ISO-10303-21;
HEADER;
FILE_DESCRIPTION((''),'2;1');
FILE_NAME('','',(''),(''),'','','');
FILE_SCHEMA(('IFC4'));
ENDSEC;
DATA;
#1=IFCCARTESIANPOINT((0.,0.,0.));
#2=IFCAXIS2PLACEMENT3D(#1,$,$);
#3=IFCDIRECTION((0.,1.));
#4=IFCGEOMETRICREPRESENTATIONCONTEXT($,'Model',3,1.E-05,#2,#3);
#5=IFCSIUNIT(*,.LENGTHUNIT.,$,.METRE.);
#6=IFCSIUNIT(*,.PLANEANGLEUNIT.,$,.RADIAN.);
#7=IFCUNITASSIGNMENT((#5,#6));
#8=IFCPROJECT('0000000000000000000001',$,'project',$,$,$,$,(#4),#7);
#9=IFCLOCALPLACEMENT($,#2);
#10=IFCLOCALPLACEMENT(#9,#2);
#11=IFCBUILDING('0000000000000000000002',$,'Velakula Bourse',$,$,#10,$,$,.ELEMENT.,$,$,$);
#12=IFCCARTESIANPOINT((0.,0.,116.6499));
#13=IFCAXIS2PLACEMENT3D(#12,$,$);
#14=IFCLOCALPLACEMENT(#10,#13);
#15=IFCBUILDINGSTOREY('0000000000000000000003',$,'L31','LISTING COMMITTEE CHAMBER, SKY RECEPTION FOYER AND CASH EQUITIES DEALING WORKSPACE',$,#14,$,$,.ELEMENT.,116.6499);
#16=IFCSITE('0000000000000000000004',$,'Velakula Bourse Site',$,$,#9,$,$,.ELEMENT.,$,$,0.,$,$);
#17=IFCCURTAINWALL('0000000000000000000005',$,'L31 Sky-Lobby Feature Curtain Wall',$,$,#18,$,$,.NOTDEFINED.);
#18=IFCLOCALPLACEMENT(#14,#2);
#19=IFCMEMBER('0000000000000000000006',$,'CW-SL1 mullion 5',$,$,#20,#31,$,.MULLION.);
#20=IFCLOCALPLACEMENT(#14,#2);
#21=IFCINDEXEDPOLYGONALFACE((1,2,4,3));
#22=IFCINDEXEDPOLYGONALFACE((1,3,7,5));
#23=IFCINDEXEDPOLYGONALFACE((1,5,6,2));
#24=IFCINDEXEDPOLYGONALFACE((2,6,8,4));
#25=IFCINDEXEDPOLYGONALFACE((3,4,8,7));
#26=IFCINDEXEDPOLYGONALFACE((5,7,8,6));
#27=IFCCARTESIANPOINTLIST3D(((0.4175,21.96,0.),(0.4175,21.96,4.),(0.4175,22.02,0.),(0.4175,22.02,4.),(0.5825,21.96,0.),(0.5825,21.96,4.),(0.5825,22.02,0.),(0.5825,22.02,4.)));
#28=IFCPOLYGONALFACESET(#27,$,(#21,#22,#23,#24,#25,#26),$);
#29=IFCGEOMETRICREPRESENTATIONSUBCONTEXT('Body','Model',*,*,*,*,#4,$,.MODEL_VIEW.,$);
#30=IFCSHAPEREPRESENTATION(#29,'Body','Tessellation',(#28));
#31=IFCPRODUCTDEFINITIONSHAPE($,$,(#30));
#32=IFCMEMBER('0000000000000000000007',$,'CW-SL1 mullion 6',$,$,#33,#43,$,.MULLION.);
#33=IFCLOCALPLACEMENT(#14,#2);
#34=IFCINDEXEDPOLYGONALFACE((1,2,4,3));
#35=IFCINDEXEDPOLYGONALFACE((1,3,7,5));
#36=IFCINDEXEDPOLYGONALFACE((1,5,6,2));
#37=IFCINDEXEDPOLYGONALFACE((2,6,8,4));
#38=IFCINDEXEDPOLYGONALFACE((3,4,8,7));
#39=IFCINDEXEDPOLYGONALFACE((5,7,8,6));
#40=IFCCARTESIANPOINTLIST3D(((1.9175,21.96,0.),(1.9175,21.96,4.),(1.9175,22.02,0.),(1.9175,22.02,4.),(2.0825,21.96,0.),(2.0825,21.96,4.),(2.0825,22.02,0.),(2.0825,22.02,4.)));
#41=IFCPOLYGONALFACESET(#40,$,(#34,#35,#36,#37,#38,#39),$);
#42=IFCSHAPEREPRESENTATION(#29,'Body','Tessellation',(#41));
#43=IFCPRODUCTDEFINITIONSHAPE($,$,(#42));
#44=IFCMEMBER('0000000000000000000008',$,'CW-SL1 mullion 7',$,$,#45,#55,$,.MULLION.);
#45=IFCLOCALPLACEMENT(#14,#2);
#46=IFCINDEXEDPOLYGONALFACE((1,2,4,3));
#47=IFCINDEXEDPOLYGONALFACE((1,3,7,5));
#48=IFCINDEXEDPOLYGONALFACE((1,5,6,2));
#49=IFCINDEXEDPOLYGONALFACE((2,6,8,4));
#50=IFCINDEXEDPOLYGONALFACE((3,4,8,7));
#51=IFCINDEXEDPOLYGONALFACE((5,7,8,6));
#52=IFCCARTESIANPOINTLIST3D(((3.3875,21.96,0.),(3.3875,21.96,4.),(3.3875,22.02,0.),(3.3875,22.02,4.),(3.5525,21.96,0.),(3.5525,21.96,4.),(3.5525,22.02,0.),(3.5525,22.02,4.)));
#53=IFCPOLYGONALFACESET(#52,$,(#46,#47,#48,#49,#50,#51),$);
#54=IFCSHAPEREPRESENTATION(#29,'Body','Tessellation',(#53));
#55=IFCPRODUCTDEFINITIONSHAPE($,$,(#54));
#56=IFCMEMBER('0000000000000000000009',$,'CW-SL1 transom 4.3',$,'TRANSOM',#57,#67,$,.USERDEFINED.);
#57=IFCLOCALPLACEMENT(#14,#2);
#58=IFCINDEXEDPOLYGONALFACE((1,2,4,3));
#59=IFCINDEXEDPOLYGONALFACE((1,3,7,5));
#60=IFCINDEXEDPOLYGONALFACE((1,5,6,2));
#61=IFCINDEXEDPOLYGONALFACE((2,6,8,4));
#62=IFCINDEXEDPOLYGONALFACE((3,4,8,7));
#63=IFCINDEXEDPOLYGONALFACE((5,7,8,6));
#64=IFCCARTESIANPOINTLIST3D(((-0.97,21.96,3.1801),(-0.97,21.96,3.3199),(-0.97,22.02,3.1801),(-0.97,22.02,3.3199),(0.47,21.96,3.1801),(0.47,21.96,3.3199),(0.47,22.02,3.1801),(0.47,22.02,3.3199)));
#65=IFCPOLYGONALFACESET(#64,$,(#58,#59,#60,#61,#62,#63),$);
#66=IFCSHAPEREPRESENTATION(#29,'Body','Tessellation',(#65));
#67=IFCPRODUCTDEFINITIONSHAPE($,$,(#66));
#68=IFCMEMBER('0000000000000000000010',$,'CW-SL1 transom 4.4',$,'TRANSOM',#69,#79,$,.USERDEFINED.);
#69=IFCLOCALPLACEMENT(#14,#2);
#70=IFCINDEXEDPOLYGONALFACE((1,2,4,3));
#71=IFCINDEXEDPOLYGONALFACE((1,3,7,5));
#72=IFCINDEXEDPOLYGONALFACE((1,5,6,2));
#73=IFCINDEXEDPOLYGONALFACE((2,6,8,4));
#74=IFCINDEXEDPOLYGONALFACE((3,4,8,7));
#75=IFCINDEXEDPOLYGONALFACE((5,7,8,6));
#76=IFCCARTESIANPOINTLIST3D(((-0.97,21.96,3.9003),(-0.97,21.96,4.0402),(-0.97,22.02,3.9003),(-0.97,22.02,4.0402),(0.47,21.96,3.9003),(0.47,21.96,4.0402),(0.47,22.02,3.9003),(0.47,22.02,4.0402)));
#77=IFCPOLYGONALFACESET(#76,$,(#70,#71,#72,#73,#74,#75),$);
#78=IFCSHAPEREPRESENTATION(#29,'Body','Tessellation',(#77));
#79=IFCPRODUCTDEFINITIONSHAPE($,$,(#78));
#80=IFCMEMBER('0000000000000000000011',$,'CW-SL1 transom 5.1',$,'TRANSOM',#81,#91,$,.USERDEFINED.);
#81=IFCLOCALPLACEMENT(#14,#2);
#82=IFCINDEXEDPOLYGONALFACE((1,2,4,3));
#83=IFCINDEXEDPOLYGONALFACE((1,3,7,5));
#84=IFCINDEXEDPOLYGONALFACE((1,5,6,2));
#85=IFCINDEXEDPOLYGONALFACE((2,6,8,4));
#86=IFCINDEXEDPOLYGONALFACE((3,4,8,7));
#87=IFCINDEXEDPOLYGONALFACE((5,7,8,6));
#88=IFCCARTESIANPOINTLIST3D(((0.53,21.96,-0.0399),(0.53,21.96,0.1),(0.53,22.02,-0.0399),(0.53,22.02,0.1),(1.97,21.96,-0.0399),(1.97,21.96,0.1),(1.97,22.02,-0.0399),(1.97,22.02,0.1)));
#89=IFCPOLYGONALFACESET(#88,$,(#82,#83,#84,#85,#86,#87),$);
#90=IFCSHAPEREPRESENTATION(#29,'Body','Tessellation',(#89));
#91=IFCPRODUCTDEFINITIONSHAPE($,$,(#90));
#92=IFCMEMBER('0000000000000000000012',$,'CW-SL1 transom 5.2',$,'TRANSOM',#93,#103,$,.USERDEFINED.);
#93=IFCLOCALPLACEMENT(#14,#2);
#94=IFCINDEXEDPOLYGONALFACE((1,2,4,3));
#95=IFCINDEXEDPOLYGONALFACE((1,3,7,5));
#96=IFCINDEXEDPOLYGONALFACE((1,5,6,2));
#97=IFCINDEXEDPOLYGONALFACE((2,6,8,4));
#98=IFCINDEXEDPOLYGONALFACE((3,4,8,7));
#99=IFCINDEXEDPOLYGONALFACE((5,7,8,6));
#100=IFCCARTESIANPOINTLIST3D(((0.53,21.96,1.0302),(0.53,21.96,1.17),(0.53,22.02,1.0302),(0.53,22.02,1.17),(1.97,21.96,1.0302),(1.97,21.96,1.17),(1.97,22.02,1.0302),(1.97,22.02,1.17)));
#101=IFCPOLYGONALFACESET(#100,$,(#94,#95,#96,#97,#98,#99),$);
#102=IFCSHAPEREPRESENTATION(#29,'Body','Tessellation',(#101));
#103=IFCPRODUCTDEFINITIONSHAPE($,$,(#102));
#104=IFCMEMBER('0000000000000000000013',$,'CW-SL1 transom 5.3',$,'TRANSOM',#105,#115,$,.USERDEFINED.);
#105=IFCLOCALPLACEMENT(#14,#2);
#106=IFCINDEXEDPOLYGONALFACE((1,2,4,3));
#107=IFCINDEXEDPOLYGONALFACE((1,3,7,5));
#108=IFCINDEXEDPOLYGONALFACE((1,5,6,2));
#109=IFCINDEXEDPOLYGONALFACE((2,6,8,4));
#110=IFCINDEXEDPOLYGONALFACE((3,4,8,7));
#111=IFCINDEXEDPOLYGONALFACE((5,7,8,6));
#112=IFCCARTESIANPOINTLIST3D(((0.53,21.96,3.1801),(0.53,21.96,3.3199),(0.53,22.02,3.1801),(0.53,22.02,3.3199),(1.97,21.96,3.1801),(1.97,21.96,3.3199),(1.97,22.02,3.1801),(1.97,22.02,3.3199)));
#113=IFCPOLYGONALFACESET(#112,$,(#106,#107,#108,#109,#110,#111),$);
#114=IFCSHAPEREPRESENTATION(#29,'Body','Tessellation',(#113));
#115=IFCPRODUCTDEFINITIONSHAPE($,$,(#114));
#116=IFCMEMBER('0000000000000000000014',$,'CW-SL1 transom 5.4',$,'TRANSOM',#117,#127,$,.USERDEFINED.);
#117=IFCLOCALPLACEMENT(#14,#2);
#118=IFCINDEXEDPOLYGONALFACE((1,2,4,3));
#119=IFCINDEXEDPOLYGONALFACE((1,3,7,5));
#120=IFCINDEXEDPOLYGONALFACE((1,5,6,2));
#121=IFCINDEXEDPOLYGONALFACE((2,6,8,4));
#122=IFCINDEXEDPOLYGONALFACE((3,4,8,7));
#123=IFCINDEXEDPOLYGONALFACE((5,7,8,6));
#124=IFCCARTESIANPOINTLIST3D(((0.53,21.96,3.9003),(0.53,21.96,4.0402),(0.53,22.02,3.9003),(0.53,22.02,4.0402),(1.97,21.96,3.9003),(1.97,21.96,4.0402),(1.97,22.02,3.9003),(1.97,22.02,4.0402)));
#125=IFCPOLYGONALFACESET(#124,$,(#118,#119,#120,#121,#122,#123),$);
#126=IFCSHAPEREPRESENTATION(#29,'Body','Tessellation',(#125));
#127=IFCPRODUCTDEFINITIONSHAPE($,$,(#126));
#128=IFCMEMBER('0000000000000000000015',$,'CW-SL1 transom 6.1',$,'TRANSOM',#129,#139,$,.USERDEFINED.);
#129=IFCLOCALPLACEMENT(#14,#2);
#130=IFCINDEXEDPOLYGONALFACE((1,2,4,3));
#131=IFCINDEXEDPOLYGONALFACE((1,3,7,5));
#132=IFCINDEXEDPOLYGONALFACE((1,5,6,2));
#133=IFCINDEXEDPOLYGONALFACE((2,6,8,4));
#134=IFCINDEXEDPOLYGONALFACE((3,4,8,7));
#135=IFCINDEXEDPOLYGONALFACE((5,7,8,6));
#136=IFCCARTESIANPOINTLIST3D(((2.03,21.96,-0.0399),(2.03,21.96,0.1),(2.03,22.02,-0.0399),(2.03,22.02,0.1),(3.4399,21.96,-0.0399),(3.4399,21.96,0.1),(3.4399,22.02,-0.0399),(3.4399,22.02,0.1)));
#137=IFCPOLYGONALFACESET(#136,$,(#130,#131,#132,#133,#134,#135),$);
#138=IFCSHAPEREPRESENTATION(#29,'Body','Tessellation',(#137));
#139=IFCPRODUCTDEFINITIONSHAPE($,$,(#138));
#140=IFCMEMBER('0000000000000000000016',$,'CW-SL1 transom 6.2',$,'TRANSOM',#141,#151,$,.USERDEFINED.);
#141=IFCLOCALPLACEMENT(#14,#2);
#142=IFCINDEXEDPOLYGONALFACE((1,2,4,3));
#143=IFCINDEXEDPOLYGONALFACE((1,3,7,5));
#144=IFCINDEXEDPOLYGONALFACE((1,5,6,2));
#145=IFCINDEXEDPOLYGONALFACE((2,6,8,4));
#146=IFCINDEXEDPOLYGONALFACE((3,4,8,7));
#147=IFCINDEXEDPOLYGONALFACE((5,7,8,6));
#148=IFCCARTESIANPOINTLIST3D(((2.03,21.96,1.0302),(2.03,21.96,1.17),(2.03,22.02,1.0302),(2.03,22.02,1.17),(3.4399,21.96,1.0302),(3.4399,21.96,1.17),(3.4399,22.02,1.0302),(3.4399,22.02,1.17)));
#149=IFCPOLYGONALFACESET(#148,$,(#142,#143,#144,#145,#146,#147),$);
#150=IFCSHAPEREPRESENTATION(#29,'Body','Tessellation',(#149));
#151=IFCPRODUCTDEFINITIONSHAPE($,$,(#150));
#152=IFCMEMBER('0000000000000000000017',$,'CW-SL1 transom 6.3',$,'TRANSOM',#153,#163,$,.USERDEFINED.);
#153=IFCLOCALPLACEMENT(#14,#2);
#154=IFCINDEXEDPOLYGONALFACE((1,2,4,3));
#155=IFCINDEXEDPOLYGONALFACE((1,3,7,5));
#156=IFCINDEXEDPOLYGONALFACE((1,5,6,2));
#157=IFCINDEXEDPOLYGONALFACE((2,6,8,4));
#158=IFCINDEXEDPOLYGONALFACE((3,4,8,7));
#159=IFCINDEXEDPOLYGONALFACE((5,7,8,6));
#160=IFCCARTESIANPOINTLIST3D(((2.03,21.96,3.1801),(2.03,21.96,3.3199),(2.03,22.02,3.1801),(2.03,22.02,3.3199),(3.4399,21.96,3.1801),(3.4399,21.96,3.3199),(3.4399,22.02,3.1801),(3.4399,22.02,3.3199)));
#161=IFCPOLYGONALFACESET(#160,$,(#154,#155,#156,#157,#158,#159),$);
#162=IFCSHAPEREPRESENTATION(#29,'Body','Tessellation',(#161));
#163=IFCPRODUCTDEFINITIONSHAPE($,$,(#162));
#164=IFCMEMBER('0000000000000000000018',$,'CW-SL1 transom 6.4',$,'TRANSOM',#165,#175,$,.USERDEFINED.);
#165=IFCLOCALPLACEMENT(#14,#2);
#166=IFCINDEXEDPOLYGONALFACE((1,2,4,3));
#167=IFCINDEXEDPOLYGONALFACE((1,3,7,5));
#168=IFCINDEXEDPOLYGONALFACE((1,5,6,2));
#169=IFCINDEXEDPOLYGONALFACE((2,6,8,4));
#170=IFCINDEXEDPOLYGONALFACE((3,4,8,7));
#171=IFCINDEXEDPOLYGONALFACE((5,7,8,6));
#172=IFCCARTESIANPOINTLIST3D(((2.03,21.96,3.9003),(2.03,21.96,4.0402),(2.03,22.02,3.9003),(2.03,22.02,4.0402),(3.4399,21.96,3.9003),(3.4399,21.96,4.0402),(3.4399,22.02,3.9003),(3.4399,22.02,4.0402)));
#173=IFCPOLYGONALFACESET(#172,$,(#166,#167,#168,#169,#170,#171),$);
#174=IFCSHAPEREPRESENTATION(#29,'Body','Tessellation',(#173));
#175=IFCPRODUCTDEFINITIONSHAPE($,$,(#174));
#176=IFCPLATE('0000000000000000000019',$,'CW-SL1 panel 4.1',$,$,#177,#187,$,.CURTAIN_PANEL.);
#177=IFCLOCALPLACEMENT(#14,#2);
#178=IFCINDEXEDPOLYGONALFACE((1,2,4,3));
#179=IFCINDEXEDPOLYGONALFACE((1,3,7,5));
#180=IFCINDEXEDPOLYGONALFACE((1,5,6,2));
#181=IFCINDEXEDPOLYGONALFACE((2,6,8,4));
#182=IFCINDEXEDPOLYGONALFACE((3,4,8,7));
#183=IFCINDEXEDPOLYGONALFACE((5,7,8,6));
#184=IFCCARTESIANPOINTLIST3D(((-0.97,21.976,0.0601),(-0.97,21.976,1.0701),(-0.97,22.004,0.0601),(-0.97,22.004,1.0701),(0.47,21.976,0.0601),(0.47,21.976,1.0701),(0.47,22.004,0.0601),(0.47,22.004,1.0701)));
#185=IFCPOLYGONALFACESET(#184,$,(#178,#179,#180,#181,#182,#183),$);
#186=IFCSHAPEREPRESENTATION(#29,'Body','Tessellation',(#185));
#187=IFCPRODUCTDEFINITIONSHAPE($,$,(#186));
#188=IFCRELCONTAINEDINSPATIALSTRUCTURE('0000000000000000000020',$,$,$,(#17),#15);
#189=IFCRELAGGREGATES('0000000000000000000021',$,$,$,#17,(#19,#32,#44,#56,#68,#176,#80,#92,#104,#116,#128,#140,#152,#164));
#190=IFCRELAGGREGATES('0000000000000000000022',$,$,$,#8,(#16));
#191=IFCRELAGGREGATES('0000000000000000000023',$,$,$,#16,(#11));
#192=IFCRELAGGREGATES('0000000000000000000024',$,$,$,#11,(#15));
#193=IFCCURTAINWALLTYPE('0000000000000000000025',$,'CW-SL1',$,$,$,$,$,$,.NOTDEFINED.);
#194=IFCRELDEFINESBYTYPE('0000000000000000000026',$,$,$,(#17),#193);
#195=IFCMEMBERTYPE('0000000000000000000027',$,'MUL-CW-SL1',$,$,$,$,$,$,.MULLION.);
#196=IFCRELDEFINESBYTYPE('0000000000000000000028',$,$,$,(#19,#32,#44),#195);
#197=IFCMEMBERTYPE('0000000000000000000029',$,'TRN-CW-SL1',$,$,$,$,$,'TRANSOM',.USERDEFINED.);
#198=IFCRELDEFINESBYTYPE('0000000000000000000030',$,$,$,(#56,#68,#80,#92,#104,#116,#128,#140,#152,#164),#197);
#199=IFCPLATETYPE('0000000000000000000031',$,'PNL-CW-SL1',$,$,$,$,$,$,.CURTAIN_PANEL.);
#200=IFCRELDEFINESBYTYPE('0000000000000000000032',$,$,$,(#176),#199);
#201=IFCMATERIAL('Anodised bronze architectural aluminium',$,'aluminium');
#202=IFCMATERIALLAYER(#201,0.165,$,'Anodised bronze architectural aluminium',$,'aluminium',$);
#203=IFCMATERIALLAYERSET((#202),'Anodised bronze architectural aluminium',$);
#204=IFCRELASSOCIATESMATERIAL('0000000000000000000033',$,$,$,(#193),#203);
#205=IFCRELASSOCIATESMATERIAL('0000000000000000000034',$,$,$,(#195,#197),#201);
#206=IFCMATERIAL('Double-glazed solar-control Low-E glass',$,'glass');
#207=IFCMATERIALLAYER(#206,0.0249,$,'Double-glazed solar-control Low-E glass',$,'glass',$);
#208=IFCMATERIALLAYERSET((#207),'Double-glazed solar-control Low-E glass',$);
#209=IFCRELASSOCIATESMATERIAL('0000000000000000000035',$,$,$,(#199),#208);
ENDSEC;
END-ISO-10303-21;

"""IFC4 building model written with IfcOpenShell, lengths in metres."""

from ifc_helpers import new_model, si_unit, direction, frame, origin, origin_2d, place, context, subcontext, project, spatial, rectangle, extrude, material, layer, layer_set, material_profile, profile_set, type_object, element, aggregate, save


model = new_model("IFC4")

# Units and contexts
model_context = context("Model", 3, precision=1e-05, world=origin(), true_north=direction((0.0, 1.0)))
body_context = subcontext(model_context, "Body", "Model", "MODEL_VIEW")
ifc_project = project(units=[si_unit("LENGTHUNIT", "METRE"), si_unit("PLANEANGLEUNIT", "RADIAN")], contexts=[model_context])

# Site, building, storey
site_placement = place(None, origin())
site = spatial("IfcSite", under=ifc_project, at=site_placement, Name="Velakula Bourse Site", CompositionType="ELEMENT", RefElevation=0.0)
building_placement = place(site_placement, origin())
building = spatial("IfcBuilding", under=site, at=building_placement, Name="Velakula Bourse", CompositionType="ELEMENT")
storey_placement = place(building_placement, frame((0.0, 0.0, 116.6499)))
storey = spatial("IfcBuildingStorey", under=building, at=storey_placement, Name="L31", Description="LISTING COMMITTEE CHAMBER, SKY RECEPTION FOYER AND CASH EQUITIES DEALING WORKSPACE", CompositionType="ELEMENT", Elevation=116.6499)

# Curtain wall, members, plate
ifc_material_1 = material(Name="Anodised bronze architectural aluminium", Category="aluminium")
ifc_layer_1 = layer(ifc_material_1, 0.165, Name="Anodised bronze architectural aluminium", Category="aluminium")
ifc_layer_set_1 = layer_set([ifc_layer_1], Name="Anodised bronze architectural aluminium")
curtain_wall_type = type_object("IfcCurtainWallType", Name="CW-SL1", PredefinedType="NOTDEFINED", material=ifc_layer_set_1)
curtain_wall_placement = place(storey_placement, origin())
curtain_wall = element("IfcCurtainWall", 1, at=curtain_wall_placement, inside=storey, type_object=curtain_wall_type, Name="L31 Sky-Lobby Feature Curtain Wall", PredefinedType="NOTDEFINED")
ifc_material_profile_1 = material_profile(ifc_material_1, rectangle(XDim=0.0601, YDim=0.165, at=origin_2d()), Name="Anodised bronze architectural aluminium")
ifc_profile_set_1 = profile_set([ifc_material_profile_1], Name="Anodised bronze architectural aluminium")
member_type_1 = type_object("IfcMemberType", Name="MUL-CW-SL1", PredefinedType="MULLION", material=ifc_profile_set_1)
member_1_placement = place(storey_placement, frame((0.5, 21.99, 0.0), z_axis=(0.0, 0.0, 1.0), x_axis=(0.0, 1.0, 0.0)))
member_1 = element("IfcMember", 2, at=member_1_placement, type_object=member_type_1, Name="CW-SL1 mullion 5", PredefinedType="MULLION", context=body_context, shape_type="SweptSolid", body=[
    extrude(rectangle(XDim=0.0601, YDim=0.165, at=origin_2d()), origin(), (0.0, 0.0, 1.0), 4.0),
])
member_2_placement = place(storey_placement, frame((2.0, 21.99, 0.0), z_axis=(0.0, 0.0, 1.0), x_axis=(0.0, 1.0, 0.0)))
member_2 = element("IfcMember", 3, at=member_2_placement, type_object=member_type_1, Name="CW-SL1 mullion 6", PredefinedType="MULLION", context=body_context, shape_type="SweptSolid", body=[
    extrude(rectangle(XDim=0.0601, YDim=0.165, at=origin_2d()), origin(), (0.0, 0.0, 1.0), 4.0),
])
member_3_placement = place(storey_placement, frame((3.47, 21.99, 0.0), z_axis=(0.0, 0.0, 1.0), x_axis=(0.0, 1.0, 0.0)))
member_3 = element("IfcMember", 4, at=member_3_placement, type_object=member_type_1, Name="CW-SL1 mullion 7", PredefinedType="MULLION", context=body_context, shape_type="SweptSolid", body=[
    extrude(rectangle(XDim=0.0601, YDim=0.165, at=origin_2d()), origin(), (0.0, 0.0, 1.0), 4.0),
])
ifc_material_profile_2 = material_profile(ifc_material_1, rectangle(XDim=0.0601, YDim=0.1399, at=origin_2d()), Name="Anodised bronze architectural aluminium")
ifc_profile_set_2 = profile_set([ifc_material_profile_2], Name="Anodised bronze architectural aluminium")
member_type_2 = type_object("IfcMemberType", Name="TRN-CW-SL1", ElementType="TRANSOM", PredefinedType="USERDEFINED", material=ifc_profile_set_2)
member_4_placement = place(storey_placement, frame((-0.97, 21.99, 3.25), z_axis=(1.0, 0.0, 0.0), x_axis=(0.0, 1.0, 0.0)))
member_4 = element("IfcMember", 5, at=member_4_placement, type_object=member_type_2, Name="CW-SL1 transom 4.3", ObjectType="TRANSOM", PredefinedType="USERDEFINED", context=body_context, shape_type="SweptSolid", body=[
    extrude(rectangle(XDim=0.0601, YDim=0.1399, at=origin_2d()), origin(), (0.0, 0.0, 1.0), 1.4399),
])
member_5_placement = place(storey_placement, frame((-0.97, 21.99, 3.9702), z_axis=(1.0, 0.0, 0.0), x_axis=(0.0, 1.0, 0.0)))
member_5 = element("IfcMember", 6, at=member_5_placement, type_object=member_type_2, Name="CW-SL1 transom 4.4", ObjectType="TRANSOM", PredefinedType="USERDEFINED", context=body_context, shape_type="SweptSolid", body=[
    extrude(rectangle(XDim=0.0601, YDim=0.1399, at=origin_2d()), origin(), (0.0, 0.0, 1.0), 1.4399),
])
member_6_placement = place(storey_placement, frame((0.53, 21.99, 0.03), z_axis=(1.0, 0.0, 0.0), x_axis=(0.0, 1.0, 0.0)))
member_6 = element("IfcMember", 7, at=member_6_placement, type_object=member_type_2, Name="CW-SL1 transom 5.1", ObjectType="TRANSOM", PredefinedType="USERDEFINED", context=body_context, shape_type="SweptSolid", body=[
    extrude(rectangle(XDim=0.0601, YDim=0.1399, at=origin_2d()), origin(), (0.0, 0.0, 1.0), 1.4399),
])
member_7_placement = place(storey_placement, frame((0.53, 21.99, 1.1001), z_axis=(1.0, 0.0, 0.0), x_axis=(0.0, 1.0, 0.0)))
member_7 = element("IfcMember", 8, at=member_7_placement, type_object=member_type_2, Name="CW-SL1 transom 5.2", ObjectType="TRANSOM", PredefinedType="USERDEFINED", context=body_context, shape_type="SweptSolid", body=[
    extrude(rectangle(XDim=0.0601, YDim=0.1399, at=origin_2d()), origin(), (0.0, 0.0, 1.0), 1.4399),
])
member_8_placement = place(storey_placement, frame((0.53, 21.99, 3.25), z_axis=(1.0, 0.0, 0.0), x_axis=(0.0, 1.0, 0.0)))
member_8 = element("IfcMember", 9, at=member_8_placement, type_object=member_type_2, Name="CW-SL1 transom 5.3", ObjectType="TRANSOM", PredefinedType="USERDEFINED", context=body_context, shape_type="SweptSolid", body=[
    extrude(rectangle(XDim=0.0601, YDim=0.1399, at=origin_2d()), origin(), (0.0, 0.0, 1.0), 1.4399),
])
member_9_placement = place(storey_placement, frame((0.53, 21.99, 3.9702), z_axis=(1.0, 0.0, 0.0), x_axis=(0.0, 1.0, 0.0)))
member_9 = element("IfcMember", 10, at=member_9_placement, type_object=member_type_2, Name="CW-SL1 transom 5.4", ObjectType="TRANSOM", PredefinedType="USERDEFINED", context=body_context, shape_type="SweptSolid", body=[
    extrude(rectangle(XDim=0.0601, YDim=0.1399, at=origin_2d()), origin(), (0.0, 0.0, 1.0), 1.4399),
])
member_10_placement = place(storey_placement, frame((2.03, 21.99, 0.03), z_axis=(1.0, 0.0, 0.0), x_axis=(0.0, 1.0, 0.0)))
member_10 = element("IfcMember", 11, at=member_10_placement, type_object=member_type_2, Name="CW-SL1 transom 6.1", ObjectType="TRANSOM", PredefinedType="USERDEFINED", context=body_context, shape_type="SweptSolid", body=[
    extrude(rectangle(XDim=0.0601, YDim=0.1399, at=origin_2d()), origin(), (0.0, 0.0, 1.0), 1.4099),
])
member_11_placement = place(storey_placement, frame((2.03, 21.99, 1.1001), z_axis=(1.0, 0.0, 0.0), x_axis=(0.0, 1.0, 0.0)))
member_11 = element("IfcMember", 12, at=member_11_placement, type_object=member_type_2, Name="CW-SL1 transom 6.2", ObjectType="TRANSOM", PredefinedType="USERDEFINED", context=body_context, shape_type="SweptSolid", body=[
    extrude(rectangle(XDim=0.0601, YDim=0.1399, at=origin_2d()), origin(), (0.0, 0.0, 1.0), 1.4099),
])
member_12_placement = place(storey_placement, frame((2.03, 21.99, 3.25), z_axis=(1.0, 0.0, 0.0), x_axis=(0.0, 1.0, 0.0)))
member_12 = element("IfcMember", 13, at=member_12_placement, type_object=member_type_2, Name="CW-SL1 transom 6.3", ObjectType="TRANSOM", PredefinedType="USERDEFINED", context=body_context, shape_type="SweptSolid", body=[
    extrude(rectangle(XDim=0.0601, YDim=0.1399, at=origin_2d()), origin(), (0.0, 0.0, 1.0), 1.4099),
])
member_13_placement = place(storey_placement, frame((2.03, 21.99, 3.9702), z_axis=(1.0, 0.0, 0.0), x_axis=(0.0, 1.0, 0.0)))
member_13 = element("IfcMember", 14, at=member_13_placement, type_object=member_type_2, Name="CW-SL1 transom 6.4", ObjectType="TRANSOM", PredefinedType="USERDEFINED", context=body_context, shape_type="SweptSolid", body=[
    extrude(rectangle(XDim=0.0601, YDim=0.1399, at=origin_2d()), origin(), (0.0, 0.0, 1.0), 1.4099),
])
ifc_material_2 = material(Name="Double-glazed solar-control Low-E glass", Category="glass")
ifc_layer_2 = layer(ifc_material_2, 0.0249, Name="Double-glazed solar-control Low-E glass", Category="glass")
ifc_layer_set_2 = layer_set([ifc_layer_2], Name="Double-glazed solar-control Low-E glass")
plate_type = type_object("IfcPlateType", Name="PNL-CW-SL1", PredefinedType="CURTAIN_PANEL", material=ifc_layer_set_2)
plate_1_placement = place(storey_placement, frame((-0.25, 21.99, 0.0601), z_axis=(0.0, 0.0, 1.0), x_axis=(1.0, 0.0, 0.0)))
plate_1 = element("IfcPlate", 15, at=plate_1_placement, type_object=plate_type, Name="CW-SL1 panel 4.1", PredefinedType="CURTAIN_PANEL", context=body_context, shape_type="SweptSolid", body=[
    extrude(rectangle(XDim=1.4399, YDim=0.0281, at=origin_2d()), origin(), (0.0, 0.0, 1.0), 1.01),
])
aggregate(curtain_wall, [member_1, member_2, member_3, member_4, member_5, plate_1, member_6, member_7, member_8, member_9, member_10, member_11, member_12, member_13])

save(model, "model.ifc")
